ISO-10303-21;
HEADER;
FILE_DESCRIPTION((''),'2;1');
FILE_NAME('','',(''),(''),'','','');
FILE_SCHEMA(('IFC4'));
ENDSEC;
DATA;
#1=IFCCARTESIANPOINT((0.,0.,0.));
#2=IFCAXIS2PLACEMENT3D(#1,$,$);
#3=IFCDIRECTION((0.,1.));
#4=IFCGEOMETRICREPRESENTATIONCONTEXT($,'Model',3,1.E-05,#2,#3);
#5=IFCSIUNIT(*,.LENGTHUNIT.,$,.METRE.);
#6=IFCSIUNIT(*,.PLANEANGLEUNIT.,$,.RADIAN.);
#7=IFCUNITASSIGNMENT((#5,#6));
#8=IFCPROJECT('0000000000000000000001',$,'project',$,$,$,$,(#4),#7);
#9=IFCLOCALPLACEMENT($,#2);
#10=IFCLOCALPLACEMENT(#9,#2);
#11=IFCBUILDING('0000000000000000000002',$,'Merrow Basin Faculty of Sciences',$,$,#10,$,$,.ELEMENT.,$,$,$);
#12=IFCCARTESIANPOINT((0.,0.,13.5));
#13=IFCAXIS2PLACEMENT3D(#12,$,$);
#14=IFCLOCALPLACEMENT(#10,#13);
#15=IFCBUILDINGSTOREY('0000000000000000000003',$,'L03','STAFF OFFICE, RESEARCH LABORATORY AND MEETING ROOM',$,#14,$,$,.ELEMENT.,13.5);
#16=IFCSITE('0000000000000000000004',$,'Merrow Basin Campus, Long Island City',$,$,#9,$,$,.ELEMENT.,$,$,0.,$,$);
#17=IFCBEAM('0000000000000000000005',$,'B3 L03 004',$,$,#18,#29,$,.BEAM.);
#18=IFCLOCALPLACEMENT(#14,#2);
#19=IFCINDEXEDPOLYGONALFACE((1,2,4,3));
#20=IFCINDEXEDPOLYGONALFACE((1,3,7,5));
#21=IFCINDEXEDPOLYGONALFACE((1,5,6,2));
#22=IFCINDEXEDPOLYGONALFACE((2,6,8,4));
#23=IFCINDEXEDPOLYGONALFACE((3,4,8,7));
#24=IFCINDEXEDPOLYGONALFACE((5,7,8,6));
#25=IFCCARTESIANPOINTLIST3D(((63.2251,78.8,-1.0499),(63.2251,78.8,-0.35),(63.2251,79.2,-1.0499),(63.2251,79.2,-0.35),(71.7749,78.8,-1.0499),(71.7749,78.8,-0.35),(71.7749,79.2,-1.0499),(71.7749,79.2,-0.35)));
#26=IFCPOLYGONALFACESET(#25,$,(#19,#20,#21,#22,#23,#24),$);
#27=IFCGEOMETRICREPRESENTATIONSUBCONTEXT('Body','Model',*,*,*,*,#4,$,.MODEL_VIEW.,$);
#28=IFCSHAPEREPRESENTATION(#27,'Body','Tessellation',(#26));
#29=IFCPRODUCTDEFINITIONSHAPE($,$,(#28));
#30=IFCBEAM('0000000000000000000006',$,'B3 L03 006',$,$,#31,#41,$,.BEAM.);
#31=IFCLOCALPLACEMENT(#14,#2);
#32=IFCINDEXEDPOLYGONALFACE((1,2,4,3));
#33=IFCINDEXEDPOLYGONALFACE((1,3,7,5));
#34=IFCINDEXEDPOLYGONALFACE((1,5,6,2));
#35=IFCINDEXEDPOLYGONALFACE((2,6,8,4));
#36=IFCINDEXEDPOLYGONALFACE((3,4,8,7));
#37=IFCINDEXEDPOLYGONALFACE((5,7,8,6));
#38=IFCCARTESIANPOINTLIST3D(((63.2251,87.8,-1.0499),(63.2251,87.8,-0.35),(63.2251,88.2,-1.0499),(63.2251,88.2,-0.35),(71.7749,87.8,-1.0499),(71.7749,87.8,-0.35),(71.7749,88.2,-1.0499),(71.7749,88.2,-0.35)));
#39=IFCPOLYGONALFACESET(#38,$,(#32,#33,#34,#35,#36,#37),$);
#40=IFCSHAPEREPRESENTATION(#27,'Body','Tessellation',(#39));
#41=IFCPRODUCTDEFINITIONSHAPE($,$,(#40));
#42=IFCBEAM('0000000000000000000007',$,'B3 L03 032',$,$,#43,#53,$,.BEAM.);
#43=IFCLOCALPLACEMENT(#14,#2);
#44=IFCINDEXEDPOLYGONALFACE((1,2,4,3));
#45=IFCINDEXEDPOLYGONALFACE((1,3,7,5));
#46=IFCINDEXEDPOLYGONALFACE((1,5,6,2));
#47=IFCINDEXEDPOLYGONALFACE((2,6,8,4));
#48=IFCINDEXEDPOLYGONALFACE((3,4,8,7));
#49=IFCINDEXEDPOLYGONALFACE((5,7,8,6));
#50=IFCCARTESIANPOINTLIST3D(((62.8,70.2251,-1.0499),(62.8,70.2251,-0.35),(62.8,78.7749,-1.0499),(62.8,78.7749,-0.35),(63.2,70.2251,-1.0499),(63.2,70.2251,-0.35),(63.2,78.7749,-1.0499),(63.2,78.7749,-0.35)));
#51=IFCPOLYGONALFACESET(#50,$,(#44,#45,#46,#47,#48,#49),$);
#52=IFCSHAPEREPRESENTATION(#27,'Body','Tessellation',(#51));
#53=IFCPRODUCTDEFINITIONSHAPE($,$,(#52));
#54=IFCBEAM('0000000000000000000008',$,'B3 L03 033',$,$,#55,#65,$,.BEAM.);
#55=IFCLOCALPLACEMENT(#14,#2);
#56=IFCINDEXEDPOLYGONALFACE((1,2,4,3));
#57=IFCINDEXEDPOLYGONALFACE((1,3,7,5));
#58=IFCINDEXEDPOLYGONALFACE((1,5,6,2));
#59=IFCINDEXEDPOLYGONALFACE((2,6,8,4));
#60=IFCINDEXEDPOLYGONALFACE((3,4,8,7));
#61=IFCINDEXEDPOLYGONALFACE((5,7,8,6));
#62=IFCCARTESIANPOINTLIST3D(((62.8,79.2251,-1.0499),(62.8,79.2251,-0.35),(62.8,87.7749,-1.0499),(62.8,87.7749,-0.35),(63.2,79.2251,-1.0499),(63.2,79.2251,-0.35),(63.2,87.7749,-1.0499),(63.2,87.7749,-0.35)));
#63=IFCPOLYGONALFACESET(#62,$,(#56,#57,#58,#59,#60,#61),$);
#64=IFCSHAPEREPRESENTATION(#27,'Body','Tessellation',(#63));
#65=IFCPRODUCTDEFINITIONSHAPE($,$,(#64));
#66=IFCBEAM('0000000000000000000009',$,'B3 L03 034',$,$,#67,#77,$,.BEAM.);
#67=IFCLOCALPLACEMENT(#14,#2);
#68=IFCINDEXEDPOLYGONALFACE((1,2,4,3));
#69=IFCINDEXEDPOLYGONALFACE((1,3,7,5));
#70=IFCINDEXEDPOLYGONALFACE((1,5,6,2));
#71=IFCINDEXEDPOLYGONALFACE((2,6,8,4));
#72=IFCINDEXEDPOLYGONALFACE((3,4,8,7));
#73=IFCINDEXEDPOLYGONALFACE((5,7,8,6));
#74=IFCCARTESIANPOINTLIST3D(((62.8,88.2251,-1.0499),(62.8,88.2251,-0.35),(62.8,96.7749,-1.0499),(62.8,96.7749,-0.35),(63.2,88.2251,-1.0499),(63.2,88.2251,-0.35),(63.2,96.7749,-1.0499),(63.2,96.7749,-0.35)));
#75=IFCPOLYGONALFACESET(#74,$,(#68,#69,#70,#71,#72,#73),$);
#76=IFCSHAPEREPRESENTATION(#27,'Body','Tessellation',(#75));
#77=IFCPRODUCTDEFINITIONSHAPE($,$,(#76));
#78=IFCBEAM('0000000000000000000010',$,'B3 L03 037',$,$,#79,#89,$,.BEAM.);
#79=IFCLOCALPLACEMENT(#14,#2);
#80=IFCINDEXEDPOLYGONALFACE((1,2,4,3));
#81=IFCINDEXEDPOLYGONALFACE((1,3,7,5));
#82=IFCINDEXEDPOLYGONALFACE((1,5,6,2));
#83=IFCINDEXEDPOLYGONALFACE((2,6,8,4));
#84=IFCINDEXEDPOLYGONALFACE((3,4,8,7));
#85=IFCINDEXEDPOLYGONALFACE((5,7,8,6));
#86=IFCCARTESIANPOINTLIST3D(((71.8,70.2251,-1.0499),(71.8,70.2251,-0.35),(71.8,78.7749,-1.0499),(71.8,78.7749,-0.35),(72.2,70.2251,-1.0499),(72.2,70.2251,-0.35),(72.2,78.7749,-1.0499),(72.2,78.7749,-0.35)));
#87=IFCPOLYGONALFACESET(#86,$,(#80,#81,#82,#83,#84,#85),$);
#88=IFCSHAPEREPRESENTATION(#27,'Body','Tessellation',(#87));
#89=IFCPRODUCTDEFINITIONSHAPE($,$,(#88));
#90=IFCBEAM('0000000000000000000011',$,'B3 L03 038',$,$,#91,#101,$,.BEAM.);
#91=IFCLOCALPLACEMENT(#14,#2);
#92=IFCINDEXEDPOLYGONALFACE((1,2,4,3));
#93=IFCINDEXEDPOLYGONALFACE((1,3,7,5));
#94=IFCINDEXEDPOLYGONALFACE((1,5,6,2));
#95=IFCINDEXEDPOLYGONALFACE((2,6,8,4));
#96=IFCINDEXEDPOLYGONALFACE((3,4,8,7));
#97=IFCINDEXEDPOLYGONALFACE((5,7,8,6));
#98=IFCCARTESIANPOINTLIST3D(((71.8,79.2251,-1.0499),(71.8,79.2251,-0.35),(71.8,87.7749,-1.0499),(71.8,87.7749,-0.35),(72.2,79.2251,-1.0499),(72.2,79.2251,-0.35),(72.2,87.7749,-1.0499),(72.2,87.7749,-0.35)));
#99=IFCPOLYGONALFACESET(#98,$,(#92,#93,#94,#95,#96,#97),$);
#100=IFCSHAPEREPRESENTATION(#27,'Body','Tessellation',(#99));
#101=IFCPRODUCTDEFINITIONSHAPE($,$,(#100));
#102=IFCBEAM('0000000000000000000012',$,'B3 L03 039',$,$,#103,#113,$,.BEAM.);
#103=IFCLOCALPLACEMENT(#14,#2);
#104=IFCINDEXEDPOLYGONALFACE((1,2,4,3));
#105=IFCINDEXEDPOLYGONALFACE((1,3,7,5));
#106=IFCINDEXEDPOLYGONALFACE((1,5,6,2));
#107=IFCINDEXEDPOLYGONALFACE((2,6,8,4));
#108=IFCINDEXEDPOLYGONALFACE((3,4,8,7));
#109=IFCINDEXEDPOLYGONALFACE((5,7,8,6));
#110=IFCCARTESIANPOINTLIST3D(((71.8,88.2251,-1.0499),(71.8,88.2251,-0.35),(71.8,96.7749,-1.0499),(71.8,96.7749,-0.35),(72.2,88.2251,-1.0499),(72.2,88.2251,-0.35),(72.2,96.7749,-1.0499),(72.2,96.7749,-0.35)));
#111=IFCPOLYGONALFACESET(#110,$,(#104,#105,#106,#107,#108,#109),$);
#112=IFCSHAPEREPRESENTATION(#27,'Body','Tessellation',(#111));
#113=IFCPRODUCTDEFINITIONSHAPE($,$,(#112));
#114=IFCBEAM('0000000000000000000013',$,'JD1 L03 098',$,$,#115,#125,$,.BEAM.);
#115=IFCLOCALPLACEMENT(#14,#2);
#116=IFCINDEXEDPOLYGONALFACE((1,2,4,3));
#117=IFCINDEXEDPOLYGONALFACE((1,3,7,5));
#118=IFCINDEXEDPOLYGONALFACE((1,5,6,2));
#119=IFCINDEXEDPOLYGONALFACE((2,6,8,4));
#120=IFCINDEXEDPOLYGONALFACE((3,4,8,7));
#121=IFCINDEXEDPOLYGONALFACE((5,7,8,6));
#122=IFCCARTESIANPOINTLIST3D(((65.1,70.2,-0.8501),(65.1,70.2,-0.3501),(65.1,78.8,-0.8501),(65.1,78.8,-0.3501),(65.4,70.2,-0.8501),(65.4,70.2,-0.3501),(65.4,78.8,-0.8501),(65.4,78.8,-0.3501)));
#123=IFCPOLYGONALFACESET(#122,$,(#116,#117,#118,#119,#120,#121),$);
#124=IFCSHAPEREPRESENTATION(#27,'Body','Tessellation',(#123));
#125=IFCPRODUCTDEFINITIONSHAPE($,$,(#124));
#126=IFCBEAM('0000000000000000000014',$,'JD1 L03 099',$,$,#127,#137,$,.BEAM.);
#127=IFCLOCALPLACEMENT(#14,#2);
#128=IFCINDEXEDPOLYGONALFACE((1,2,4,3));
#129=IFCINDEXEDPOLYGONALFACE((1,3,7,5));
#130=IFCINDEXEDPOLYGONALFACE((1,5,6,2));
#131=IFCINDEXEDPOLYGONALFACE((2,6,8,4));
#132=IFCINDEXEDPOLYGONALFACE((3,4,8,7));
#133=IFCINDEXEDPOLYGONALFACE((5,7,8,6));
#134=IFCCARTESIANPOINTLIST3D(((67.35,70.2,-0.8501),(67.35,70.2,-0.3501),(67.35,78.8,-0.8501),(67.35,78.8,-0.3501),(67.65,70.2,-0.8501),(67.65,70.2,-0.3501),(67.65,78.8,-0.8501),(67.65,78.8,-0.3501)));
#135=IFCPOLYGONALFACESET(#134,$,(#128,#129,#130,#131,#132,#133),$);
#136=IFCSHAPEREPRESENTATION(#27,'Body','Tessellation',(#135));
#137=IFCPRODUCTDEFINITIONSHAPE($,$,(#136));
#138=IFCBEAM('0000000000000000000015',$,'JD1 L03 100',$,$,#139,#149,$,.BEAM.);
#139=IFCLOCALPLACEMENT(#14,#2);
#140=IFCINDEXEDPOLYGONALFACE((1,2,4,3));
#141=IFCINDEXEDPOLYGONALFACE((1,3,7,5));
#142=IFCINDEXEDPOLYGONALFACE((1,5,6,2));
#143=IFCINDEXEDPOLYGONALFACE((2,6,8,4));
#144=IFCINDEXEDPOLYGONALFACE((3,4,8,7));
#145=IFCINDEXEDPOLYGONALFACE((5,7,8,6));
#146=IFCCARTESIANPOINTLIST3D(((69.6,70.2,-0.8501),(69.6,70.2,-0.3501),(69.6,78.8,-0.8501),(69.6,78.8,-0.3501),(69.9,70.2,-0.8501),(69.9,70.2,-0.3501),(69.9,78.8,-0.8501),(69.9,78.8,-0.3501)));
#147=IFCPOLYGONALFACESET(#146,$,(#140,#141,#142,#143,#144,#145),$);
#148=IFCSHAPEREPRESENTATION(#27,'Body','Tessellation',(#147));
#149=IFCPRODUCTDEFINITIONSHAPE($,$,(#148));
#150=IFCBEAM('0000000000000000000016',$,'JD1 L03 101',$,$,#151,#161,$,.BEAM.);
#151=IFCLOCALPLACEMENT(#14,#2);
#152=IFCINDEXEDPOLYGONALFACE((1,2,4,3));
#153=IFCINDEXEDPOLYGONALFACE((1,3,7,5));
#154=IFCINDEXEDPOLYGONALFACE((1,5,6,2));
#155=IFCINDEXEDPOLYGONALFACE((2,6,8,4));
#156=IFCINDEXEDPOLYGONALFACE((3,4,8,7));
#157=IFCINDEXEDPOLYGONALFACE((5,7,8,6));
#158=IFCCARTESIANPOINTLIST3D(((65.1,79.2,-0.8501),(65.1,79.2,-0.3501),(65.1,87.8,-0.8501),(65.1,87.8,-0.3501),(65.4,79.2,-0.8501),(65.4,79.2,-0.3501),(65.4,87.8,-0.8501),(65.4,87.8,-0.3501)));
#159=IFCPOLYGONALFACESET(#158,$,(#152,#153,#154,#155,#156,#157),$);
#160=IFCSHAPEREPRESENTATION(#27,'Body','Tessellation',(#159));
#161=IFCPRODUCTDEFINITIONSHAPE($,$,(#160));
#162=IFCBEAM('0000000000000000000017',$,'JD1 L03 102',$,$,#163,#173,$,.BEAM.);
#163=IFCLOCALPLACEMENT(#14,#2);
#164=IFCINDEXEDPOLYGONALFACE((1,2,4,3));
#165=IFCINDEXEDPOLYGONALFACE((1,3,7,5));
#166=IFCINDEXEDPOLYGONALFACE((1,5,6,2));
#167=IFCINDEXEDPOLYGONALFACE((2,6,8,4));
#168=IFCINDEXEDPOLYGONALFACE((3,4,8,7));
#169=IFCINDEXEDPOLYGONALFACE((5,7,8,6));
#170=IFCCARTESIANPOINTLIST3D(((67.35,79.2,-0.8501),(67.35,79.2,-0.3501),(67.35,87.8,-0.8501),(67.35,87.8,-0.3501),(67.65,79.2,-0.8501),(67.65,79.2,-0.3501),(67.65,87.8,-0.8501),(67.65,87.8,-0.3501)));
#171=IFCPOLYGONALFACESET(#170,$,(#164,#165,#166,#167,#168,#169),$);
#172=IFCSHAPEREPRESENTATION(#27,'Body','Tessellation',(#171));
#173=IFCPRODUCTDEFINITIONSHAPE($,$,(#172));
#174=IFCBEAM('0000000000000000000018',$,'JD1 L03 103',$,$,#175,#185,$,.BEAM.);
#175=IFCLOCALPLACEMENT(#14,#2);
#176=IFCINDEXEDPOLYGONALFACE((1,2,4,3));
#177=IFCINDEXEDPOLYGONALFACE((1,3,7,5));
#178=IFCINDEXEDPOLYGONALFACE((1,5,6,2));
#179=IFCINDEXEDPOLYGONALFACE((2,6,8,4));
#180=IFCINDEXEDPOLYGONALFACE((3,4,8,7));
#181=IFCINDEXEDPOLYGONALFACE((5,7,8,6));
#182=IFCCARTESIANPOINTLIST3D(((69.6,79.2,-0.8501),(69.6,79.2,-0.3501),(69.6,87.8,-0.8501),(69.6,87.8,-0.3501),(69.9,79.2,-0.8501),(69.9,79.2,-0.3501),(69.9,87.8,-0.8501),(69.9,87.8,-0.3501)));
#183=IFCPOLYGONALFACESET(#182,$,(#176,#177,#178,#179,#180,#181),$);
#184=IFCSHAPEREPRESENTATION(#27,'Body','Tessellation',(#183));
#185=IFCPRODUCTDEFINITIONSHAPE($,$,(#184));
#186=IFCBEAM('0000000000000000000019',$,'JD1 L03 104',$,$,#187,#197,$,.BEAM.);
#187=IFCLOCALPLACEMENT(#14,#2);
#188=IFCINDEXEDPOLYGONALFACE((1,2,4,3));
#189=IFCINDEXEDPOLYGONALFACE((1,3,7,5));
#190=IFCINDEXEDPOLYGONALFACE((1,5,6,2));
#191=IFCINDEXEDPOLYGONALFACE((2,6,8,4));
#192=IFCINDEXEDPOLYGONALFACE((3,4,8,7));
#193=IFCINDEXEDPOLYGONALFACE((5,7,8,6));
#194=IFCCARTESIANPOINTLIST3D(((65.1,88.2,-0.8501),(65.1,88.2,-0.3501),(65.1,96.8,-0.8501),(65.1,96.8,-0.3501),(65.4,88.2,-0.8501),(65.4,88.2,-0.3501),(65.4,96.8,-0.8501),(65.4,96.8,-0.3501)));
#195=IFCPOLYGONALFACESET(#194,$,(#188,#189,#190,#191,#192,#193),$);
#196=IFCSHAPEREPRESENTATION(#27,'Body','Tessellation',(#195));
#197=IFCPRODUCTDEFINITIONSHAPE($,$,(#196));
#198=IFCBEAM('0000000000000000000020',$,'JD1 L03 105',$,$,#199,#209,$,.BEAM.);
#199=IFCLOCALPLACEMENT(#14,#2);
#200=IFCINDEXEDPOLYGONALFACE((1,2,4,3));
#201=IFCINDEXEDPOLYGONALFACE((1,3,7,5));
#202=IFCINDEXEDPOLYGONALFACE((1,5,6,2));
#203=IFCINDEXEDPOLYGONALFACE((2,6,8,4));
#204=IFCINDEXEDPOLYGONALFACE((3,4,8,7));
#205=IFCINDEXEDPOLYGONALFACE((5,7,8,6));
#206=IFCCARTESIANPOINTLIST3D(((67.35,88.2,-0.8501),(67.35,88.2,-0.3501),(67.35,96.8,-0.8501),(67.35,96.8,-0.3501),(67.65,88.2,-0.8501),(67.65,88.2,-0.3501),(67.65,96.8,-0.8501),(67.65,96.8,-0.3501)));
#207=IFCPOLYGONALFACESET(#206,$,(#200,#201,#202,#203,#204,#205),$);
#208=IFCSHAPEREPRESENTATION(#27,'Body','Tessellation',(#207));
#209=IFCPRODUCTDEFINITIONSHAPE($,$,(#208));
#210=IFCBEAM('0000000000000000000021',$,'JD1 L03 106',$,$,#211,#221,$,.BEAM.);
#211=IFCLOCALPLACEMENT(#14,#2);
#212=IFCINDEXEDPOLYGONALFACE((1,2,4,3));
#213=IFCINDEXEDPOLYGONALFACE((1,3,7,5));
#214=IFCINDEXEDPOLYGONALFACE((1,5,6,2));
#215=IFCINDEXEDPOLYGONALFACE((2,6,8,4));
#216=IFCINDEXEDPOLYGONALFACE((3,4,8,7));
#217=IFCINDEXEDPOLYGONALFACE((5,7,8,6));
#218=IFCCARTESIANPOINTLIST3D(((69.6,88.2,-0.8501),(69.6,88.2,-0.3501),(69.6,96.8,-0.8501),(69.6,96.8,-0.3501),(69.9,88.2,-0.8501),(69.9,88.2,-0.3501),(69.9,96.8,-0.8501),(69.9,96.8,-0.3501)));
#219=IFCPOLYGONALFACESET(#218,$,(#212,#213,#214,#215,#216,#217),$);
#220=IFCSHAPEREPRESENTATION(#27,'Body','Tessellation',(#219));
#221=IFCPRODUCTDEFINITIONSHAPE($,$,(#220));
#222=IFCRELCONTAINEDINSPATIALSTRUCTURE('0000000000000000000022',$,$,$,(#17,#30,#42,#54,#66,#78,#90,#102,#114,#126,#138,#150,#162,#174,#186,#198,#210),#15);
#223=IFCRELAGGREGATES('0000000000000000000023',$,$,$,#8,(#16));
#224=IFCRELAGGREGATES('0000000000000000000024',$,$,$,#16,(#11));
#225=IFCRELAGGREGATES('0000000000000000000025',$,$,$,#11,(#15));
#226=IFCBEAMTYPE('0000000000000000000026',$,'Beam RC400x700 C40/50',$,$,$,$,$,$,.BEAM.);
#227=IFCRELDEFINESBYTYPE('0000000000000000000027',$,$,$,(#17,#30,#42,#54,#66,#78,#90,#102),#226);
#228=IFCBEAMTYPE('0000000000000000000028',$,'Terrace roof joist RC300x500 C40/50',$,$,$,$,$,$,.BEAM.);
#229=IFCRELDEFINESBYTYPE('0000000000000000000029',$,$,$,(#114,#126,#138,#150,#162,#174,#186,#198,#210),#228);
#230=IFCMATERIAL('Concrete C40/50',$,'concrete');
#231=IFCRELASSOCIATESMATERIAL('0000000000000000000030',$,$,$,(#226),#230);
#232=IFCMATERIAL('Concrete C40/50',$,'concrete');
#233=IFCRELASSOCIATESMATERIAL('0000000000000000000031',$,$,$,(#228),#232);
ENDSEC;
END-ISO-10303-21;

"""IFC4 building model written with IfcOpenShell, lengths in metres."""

from ifc_helpers import new_model, si_unit, direction, frame, origin, origin_2d, place, context, subcontext, project, spatial, rectangle, extrude, material, material_profile, profile_set, type_object, element, save


model = new_model("IFC4")

# Units and contexts
model_context = context("Model", 3, precision=1e-05, world=origin(), true_north=direction((0.0, 1.0)))
body_context = subcontext(model_context, "Body", "Model", "MODEL_VIEW")
ifc_project = project(units=[si_unit("LENGTHUNIT", "METRE"), si_unit("PLANEANGLEUNIT", "RADIAN")], contexts=[model_context])

# Site, building, storey
site_placement = place(None, origin())
site = spatial("IfcSite", under=ifc_project, at=site_placement, Name="Merrow Basin Campus, Long Island City", CompositionType="ELEMENT", RefElevation=0.0)
building_placement = place(site_placement, origin())
building = spatial("IfcBuilding", under=site, at=building_placement, Name="Merrow Basin Faculty of Sciences", CompositionType="ELEMENT")
storey_placement = place(building_placement, frame((0.0, 0.0, 13.5)))
storey = spatial("IfcBuildingStorey", under=building, at=storey_placement, Name="L03", Description="STAFF OFFICE, RESEARCH LABORATORY AND MEETING ROOM", CompositionType="ELEMENT", Elevation=13.5)

# Beams
ifc_material_1 = material(Name="Concrete C40/50", Category="concrete")
ifc_material_profile_1 = material_profile(ifc_material_1, rectangle(XDim=0.3999, YDim=0.7, at=origin_2d()))
ifc_profile_set_1 = profile_set([ifc_material_profile_1], Name="Concrete C40/50")
beam_type_1 = type_object("IfcBeamType", Name="Beam RC400x700 C40/50", PredefinedType="BEAM", material=ifc_profile_set_1)
for number, where, z_axis, x_axis, name in (
    (1, (63.2251, 79.0, -0.7), (1.0, 0.0, 0.0), (0.0, 1.0, 0.0), "B3 L03 004"),
    (2, (63.2251, 88.0, -0.7), (1.0, 0.0, 0.0), (0.0, 1.0, 0.0), "B3 L03 006"),
    (3, (63.0, 70.2251, -0.7), (0.0, 1.0, 0.0), (-1.0, 0.0, 0.0), "B3 L03 032"),
    (4, (63.0, 79.2251, -0.7), (0.0, 1.0, 0.0), (-1.0, 0.0, 0.0), "B3 L03 033"),
    (5, (63.0, 88.2251, -0.7), (0.0, 1.0, 0.0), (-1.0, 0.0, 0.0), "B3 L03 034"),
    (6, (72.0, 70.2251, -0.7), (0.0, 1.0, 0.0), (-1.0, 0.0, 0.0), "B3 L03 037"),
    (7, (72.0, 79.2251, -0.7), (0.0, 1.0, 0.0), (-1.0, 0.0, 0.0), "B3 L03 038"),
    (8, (72.0, 88.2251, -0.7), (0.0, 1.0, 0.0), (-1.0, 0.0, 0.0), "B3 L03 039"),
):
    element("IfcBeam", number, at=place(storey_placement, frame(where, z_axis=z_axis, x_axis=x_axis)), inside=storey, type_object=beam_type_1, Name=name, PredefinedType="BEAM", context=body_context, shape_type="SweptSolid", body=[
        extrude(rectangle(XDim=0.3999, YDim=0.7, at=origin_2d()), origin(), (0.0, 0.0, 1.0), 8.5498),
    ])
ifc_material_2 = material(Name="Concrete C40/50", Category="concrete")
ifc_material_profile_2 = material_profile(ifc_material_2, rectangle(XDim=0.3, YDim=0.5, at=origin_2d()))
ifc_profile_set_2 = profile_set([ifc_material_profile_2], Name="Concrete C40/50")
beam_type_2 = type_object("IfcBeamType", Name="Terrace roof joist RC300x500 C40/50", PredefinedType="BEAM", material=ifc_profile_set_2)
for number, where, z_axis, x_axis, name in (
    (9, (65.25, 70.2, -0.6001), (0.0, 1.0, 0.0), (-1.0, 0.0, 0.0), "JD1 L03 098"),
    (10, (67.5, 70.2, -0.6001), (0.0, 1.0, 0.0), (-1.0, 0.0, 0.0), "JD1 L03 099"),
    (11, (69.75, 70.2, -0.6001), (0.0, 1.0, 0.0), (-1.0, 0.0, 0.0), "JD1 L03 100"),
    (12, (65.25, 79.2, -0.6001), (0.0, 1.0, 0.0), (-1.0, 0.0, 0.0), "JD1 L03 101"),
    (13, (67.5, 79.2, -0.6001), (0.0, 1.0, 0.0), (-1.0, 0.0, 0.0), "JD1 L03 102"),
    (14, (69.75, 79.2, -0.6001), (0.0, 1.0, 0.0), (-1.0, 0.0, 0.0), "JD1 L03 103"),
    (15, (65.25, 88.2, -0.6001), (0.0, 1.0, 0.0), (-1.0, 0.0, 0.0), "JD1 L03 104"),
    (16, (67.5, 88.2, -0.6001), (0.0, 1.0, 0.0), (-1.0, 0.0, 0.0), "JD1 L03 105"),
    (17, (69.75, 88.2, -0.6001), (0.0, 1.0, 0.0), (-1.0, 0.0, 0.0), "JD1 L03 106"),
):
    element("IfcBeam", number, at=place(storey_placement, frame(where, z_axis=z_axis, x_axis=x_axis)), inside=storey, type_object=beam_type_2, Name=name, PredefinedType="BEAM", context=body_context, shape_type="SweptSolid", body=[
        extrude(rectangle(XDim=0.3, YDim=0.5, at=origin_2d()), origin(), (0.0, 0.0, 1.0), 8.6001),
    ])

save(model, "model.ifc")
